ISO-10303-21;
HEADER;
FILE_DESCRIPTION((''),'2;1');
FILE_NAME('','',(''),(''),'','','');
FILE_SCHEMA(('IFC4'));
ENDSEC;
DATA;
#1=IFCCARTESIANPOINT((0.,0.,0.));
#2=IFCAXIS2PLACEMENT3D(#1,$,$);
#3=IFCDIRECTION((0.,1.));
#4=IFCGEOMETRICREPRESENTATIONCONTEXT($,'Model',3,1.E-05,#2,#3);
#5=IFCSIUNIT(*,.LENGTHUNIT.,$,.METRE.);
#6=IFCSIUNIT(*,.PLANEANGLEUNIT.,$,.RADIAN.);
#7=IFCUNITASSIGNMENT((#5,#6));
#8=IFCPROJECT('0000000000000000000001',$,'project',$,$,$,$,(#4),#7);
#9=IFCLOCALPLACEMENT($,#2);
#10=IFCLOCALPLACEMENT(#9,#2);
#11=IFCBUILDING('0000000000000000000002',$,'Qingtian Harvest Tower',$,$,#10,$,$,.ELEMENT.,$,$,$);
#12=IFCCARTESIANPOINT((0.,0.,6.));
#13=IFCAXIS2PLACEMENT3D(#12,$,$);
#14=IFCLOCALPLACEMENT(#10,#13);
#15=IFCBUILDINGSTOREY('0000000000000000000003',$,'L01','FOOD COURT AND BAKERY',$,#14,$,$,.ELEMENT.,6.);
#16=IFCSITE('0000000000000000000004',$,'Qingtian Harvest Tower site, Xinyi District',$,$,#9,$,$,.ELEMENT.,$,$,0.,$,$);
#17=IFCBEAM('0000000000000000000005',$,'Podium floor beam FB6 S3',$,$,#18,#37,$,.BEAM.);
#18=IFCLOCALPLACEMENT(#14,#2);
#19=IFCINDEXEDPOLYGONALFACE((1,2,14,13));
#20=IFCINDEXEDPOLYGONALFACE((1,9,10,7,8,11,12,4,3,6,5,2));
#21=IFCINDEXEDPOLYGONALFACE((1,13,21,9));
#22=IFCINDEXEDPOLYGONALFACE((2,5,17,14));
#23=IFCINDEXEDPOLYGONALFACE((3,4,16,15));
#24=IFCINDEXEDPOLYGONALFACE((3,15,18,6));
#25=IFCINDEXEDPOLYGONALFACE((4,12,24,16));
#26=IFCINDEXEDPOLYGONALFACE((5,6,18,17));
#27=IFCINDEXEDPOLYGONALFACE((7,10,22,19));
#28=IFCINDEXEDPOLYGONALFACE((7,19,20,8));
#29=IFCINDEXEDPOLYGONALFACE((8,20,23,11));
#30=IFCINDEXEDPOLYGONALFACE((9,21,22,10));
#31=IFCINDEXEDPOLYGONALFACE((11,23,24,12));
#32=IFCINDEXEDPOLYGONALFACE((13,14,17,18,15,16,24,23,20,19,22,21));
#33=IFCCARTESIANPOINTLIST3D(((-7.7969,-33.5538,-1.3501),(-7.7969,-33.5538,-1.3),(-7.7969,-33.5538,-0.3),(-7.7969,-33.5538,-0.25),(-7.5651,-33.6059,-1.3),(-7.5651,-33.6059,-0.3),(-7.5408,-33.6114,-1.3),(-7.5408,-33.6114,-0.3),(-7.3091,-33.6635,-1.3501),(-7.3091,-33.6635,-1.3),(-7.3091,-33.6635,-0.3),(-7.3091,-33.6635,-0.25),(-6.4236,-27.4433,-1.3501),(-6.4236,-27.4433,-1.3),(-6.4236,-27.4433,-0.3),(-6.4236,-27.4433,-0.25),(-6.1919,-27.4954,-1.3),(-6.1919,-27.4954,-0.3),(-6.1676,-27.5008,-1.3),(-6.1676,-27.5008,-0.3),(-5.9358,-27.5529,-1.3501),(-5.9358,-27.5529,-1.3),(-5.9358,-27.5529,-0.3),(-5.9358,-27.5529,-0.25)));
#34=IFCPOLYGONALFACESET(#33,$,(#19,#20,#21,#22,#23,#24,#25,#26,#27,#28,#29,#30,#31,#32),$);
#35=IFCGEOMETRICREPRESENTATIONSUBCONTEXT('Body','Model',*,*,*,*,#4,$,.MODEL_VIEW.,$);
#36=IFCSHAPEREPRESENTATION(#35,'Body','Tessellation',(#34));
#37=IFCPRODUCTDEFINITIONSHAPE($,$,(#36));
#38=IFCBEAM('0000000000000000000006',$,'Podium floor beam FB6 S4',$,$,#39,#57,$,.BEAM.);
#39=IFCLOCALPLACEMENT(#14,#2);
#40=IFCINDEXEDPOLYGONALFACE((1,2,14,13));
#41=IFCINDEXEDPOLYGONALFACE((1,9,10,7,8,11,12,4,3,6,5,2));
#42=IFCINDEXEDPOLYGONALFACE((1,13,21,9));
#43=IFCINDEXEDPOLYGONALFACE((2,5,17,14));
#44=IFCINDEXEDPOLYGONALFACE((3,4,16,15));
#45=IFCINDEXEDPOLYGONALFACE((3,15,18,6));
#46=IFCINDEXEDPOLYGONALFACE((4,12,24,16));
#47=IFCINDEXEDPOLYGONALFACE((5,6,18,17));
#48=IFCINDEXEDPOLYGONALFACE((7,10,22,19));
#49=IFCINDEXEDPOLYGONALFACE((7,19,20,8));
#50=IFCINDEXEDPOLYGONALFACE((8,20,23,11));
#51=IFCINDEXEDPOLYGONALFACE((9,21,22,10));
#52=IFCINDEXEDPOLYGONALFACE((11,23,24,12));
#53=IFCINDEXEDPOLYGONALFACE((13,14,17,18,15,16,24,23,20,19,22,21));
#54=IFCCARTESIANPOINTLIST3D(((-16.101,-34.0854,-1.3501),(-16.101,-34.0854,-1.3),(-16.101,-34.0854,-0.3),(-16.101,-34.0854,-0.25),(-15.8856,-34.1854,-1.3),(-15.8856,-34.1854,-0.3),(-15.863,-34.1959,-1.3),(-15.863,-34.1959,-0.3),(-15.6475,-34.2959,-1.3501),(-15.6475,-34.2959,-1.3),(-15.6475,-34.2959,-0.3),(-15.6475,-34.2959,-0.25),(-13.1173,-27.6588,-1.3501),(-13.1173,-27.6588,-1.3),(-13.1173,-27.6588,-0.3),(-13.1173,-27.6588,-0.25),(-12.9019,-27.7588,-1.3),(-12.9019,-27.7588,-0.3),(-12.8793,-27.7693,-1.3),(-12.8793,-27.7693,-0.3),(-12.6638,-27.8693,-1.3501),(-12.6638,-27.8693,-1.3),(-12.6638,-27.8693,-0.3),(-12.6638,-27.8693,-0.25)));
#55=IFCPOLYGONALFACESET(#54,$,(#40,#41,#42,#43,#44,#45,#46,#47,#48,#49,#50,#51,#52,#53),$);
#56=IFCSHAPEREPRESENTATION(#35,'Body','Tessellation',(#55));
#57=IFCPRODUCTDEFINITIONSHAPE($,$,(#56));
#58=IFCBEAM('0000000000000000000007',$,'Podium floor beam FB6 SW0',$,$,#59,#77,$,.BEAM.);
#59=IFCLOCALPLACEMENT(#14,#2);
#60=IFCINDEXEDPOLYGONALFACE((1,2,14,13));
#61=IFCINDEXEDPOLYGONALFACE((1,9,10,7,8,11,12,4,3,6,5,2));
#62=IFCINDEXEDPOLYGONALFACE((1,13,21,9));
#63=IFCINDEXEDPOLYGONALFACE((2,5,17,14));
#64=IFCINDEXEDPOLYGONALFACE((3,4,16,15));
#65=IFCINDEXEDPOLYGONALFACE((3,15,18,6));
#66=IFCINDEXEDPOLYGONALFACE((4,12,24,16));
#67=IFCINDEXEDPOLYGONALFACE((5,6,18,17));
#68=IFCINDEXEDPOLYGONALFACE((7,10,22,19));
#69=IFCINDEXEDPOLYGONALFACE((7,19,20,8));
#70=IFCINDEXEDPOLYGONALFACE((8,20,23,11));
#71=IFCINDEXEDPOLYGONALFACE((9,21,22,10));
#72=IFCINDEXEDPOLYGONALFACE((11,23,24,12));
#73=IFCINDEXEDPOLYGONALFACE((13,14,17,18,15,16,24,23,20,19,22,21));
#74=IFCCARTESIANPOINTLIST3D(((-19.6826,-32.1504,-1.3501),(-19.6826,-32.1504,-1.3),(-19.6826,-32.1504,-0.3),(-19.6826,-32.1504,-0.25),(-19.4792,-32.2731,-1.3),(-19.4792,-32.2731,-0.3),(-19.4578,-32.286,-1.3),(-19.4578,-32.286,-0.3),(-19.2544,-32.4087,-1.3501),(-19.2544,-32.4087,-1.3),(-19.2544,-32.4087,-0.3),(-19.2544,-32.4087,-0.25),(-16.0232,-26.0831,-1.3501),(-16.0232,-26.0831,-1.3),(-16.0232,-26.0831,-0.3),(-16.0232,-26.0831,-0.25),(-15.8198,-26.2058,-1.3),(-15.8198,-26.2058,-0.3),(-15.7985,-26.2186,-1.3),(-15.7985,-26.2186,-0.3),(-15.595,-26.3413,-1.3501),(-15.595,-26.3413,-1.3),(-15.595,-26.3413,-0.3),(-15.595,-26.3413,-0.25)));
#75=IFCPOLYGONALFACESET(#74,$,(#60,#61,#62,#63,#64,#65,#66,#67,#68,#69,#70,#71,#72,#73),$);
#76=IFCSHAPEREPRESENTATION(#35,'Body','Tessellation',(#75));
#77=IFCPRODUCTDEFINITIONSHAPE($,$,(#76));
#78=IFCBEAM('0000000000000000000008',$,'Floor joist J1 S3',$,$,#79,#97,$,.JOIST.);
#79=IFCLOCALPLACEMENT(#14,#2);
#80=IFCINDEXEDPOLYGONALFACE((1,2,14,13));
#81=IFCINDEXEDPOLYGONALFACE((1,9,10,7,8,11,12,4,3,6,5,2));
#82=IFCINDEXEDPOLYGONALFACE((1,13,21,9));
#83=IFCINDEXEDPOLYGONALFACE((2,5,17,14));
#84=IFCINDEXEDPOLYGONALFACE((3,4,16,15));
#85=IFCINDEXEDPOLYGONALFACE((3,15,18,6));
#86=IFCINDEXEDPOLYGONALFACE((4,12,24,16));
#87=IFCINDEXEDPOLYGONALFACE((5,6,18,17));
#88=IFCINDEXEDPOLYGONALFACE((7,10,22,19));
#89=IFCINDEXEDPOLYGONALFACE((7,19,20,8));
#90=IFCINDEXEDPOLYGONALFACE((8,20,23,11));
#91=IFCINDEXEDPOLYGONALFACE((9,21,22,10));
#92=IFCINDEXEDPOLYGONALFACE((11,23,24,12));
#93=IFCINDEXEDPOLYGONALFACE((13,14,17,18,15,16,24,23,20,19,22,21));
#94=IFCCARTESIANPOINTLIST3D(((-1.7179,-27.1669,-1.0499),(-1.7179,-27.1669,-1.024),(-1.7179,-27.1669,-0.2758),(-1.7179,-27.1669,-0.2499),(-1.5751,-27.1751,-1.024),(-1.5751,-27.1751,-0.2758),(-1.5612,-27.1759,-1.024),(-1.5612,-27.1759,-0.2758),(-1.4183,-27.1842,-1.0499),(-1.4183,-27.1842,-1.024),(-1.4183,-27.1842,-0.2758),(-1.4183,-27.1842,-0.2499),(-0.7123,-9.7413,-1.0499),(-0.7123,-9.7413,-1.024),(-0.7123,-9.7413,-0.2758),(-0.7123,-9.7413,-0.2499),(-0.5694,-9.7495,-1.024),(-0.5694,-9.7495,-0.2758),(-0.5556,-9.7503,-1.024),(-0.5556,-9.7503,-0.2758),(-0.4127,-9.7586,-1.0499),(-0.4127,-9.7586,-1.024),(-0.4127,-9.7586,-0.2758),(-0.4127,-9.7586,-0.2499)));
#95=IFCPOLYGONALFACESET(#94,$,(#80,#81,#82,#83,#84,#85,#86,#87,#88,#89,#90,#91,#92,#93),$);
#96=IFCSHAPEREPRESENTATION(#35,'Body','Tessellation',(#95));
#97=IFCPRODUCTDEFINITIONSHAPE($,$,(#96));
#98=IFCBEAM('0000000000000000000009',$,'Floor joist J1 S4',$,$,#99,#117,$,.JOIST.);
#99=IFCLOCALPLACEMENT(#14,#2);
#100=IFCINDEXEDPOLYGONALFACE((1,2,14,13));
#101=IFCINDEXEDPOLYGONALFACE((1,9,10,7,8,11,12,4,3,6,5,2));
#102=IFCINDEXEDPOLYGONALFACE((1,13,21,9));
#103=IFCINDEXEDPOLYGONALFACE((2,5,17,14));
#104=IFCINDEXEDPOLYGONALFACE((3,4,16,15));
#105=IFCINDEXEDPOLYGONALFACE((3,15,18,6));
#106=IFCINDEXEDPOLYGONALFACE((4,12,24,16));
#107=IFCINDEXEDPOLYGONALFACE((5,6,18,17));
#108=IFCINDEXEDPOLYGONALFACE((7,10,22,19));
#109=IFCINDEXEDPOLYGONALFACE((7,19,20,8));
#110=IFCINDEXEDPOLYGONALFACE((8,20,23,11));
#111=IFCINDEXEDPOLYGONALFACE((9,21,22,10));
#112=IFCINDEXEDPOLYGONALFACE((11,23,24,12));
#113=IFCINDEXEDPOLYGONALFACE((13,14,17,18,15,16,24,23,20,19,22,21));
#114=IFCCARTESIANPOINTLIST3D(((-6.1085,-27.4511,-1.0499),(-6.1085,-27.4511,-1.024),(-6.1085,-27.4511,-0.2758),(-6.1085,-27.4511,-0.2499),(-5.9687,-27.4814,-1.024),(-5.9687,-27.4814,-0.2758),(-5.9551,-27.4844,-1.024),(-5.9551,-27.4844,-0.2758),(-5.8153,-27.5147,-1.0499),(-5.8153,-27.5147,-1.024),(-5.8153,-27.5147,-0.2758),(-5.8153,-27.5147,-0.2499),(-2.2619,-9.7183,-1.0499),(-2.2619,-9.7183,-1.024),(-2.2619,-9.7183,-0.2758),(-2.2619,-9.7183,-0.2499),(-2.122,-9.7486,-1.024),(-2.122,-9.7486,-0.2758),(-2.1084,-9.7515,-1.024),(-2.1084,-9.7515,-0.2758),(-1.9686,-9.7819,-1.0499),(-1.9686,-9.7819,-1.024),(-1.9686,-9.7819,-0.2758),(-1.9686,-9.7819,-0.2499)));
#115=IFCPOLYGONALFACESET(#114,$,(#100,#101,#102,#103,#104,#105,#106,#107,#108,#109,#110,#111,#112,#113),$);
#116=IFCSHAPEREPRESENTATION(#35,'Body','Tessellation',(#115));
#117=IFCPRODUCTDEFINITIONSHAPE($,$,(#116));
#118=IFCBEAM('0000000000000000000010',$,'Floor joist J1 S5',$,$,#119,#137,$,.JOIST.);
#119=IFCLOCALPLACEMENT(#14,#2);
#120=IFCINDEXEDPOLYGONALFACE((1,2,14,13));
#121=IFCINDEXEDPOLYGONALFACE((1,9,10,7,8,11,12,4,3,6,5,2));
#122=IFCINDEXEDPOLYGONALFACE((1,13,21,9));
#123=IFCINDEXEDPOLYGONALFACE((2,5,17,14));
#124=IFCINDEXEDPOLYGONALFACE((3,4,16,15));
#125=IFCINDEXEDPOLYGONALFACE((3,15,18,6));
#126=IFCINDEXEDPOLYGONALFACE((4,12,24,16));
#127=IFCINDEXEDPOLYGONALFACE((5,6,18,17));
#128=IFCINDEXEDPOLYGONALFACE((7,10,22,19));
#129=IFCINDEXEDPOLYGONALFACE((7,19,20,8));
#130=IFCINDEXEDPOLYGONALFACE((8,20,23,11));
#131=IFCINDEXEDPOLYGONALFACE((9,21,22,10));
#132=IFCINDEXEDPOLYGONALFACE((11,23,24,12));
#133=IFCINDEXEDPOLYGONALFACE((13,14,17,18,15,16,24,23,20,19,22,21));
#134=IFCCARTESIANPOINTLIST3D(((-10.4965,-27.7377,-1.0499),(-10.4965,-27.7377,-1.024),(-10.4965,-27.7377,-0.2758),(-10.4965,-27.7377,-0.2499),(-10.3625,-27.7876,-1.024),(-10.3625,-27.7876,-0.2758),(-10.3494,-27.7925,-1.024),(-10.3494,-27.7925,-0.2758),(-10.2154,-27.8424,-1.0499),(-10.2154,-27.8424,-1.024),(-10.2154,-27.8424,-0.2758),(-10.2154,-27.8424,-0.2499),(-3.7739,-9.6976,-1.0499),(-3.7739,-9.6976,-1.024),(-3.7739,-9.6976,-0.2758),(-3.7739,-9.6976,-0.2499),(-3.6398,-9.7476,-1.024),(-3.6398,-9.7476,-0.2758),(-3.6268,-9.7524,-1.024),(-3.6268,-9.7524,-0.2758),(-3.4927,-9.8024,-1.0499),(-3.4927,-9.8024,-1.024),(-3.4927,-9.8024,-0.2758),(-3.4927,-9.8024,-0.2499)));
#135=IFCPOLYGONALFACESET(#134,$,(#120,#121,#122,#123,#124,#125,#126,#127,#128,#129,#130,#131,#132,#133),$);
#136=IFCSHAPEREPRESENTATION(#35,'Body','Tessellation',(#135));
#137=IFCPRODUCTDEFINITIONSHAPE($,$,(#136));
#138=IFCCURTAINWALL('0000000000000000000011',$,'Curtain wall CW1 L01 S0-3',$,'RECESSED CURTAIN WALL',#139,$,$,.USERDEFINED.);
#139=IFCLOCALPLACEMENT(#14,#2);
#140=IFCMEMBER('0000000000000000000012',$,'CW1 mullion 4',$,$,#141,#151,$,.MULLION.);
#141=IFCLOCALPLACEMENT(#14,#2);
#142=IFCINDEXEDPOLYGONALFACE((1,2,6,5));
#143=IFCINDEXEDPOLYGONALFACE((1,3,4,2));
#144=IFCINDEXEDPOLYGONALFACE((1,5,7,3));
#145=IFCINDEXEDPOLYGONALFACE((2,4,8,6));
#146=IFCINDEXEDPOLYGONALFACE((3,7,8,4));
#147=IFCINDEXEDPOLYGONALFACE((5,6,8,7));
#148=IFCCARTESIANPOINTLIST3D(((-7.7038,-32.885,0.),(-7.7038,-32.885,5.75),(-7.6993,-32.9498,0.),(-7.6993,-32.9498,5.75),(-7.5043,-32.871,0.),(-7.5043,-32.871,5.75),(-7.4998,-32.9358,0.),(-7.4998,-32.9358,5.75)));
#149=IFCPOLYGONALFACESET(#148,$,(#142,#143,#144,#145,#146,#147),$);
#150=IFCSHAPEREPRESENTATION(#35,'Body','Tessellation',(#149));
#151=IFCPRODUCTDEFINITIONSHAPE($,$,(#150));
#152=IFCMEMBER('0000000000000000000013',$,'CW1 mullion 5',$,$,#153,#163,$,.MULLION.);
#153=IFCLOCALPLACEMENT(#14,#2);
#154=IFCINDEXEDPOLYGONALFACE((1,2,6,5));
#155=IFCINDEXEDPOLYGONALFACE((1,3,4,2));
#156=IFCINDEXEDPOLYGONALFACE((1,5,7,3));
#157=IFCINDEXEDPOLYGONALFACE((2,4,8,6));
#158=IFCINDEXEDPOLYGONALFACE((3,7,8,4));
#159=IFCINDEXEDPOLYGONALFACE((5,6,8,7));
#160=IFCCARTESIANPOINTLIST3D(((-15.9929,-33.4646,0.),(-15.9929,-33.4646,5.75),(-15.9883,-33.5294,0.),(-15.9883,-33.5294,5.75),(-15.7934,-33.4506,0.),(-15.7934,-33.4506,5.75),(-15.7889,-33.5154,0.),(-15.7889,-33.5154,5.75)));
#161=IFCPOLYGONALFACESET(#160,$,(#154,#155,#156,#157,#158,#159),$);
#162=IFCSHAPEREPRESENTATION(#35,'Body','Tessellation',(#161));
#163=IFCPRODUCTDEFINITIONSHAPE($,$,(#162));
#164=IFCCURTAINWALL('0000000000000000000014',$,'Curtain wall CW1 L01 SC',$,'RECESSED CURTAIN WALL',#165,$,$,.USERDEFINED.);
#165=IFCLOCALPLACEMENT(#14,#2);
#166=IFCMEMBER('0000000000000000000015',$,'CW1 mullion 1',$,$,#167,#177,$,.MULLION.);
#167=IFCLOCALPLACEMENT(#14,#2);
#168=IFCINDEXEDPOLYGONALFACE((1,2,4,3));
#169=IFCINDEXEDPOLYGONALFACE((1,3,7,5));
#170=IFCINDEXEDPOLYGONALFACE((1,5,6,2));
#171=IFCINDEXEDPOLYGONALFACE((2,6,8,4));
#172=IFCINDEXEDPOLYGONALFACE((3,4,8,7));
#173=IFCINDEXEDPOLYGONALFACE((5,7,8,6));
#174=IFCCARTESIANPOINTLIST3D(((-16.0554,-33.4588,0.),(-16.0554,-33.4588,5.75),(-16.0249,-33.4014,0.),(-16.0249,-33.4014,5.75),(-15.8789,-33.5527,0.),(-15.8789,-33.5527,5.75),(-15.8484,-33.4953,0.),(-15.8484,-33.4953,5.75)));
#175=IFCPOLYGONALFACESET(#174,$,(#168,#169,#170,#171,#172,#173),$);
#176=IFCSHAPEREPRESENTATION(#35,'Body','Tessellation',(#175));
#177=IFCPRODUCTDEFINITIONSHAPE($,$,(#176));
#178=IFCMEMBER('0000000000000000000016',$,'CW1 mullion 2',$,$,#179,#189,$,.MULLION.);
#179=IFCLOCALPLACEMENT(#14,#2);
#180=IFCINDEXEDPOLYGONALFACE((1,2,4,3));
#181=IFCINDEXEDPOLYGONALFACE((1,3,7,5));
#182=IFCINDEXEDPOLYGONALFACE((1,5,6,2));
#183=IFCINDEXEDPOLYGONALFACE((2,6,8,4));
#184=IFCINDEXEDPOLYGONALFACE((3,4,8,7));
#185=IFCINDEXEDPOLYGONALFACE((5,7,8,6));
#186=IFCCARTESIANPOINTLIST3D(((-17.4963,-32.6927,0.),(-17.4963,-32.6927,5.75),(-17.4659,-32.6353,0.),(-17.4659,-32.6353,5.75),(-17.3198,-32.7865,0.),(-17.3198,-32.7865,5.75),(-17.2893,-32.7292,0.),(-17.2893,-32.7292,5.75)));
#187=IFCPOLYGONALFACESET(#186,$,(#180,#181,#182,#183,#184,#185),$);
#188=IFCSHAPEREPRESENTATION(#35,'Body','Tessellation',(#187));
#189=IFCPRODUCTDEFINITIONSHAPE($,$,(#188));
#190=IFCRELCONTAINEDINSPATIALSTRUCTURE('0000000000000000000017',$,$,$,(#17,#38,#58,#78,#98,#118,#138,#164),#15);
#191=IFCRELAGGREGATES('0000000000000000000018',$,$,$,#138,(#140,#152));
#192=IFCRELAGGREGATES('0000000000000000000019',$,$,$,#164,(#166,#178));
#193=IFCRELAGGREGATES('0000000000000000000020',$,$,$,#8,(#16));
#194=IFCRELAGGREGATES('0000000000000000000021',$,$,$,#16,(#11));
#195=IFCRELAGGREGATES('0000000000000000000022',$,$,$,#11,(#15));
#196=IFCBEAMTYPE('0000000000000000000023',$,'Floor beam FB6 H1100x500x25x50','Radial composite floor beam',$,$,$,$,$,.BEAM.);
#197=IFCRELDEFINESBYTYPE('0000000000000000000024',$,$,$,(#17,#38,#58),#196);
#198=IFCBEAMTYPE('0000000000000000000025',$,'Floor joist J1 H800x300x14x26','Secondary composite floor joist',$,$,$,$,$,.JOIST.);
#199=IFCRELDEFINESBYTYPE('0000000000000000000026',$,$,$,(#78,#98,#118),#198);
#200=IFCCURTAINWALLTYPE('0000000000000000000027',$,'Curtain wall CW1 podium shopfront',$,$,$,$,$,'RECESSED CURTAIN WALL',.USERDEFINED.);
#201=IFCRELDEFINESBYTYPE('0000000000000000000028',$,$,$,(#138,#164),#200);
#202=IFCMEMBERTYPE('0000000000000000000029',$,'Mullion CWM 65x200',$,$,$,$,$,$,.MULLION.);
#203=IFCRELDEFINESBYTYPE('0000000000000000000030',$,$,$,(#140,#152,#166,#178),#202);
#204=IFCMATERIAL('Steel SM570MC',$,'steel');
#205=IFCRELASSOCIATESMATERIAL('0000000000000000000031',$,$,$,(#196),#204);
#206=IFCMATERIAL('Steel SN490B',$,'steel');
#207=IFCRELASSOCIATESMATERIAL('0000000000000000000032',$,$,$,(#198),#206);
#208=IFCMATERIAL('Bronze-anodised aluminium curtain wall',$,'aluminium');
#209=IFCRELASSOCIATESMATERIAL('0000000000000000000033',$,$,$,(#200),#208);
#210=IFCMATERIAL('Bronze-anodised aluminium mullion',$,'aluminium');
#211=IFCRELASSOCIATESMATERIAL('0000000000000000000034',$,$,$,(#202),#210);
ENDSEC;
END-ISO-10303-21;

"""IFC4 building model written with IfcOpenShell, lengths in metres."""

from ifc_helpers import new_model, si_unit, direction, frame, origin, origin_2d, place, context, subcontext, project, spatial, rectangle, i_section, extrude, material, material_profile, profile_set, type_object, element, aggregate, save


model = new_model("IFC4")

# Units and contexts
model_context = context("Model", 3, precision=1e-05, world=origin(), true_north=direction((0.0, 1.0)))
body_context = subcontext(model_context, "Body", "Model", "MODEL_VIEW")
ifc_project = project(units=[si_unit("LENGTHUNIT", "METRE"), si_unit("PLANEANGLEUNIT", "RADIAN")], contexts=[model_context])

# Site, building, storey
site_placement = place(None, origin())
site = spatial("IfcSite", under=ifc_project, at=site_placement, Name="Qingtian Harvest Tower site, Xinyi District", CompositionType="ELEMENT", RefElevation=0.0)
building_placement = place(site_placement, origin())
building = spatial("IfcBuilding", under=site, at=building_placement, Name="Qingtian Harvest Tower", CompositionType="ELEMENT")
storey_placement = place(building_placement, frame((0.0, 0.0, 6.0)))
storey = spatial("IfcBuildingStorey", under=building, at=storey_placement, Name="L01", Description="FOOD COURT AND BAKERY", CompositionType="ELEMENT", Elevation=6.0)

# Beams
ifc_material_1 = material(Name="Steel SM570MC", Category="steel")
ifc_material_profile_1 = material_profile(ifc_material_1, i_section(OverallWidth=0.5, OverallDepth=1.1001, WebThickness=0.0249, FlangeThickness=0.05, at=origin_2d()), Name="H1100x500x25x50")
ifc_profile_set_1 = profile_set([ifc_material_profile_1], Name="Steel SM570MC")
beam_type_1 = type_object("IfcBeamType", Name="Floor beam FB6 H1100x500x25x50", Description="Radial composite floor beam", PredefinedType="BEAM", material=ifc_profile_set_1)
beam_1_placement = place(storey_placement, frame((-7.553, -33.6086, -0.8), z_axis=(0.21927, 0.975664, 0.0), x_axis=(-0.975664, 0.21927, 0.0)))
element("IfcBeam", 1, at=beam_1_placement, inside=storey, type_object=beam_type_1, Name="Podium floor beam FB6 S3", PredefinedType="BEAM", context=body_context, shape_type="SweptSolid", body=[
    extrude(i_section(OverallWidth=0.5, OverallDepth=1.1001, WebThickness=0.0249, FlangeThickness=0.05, at=origin_2d()), origin(), (0.0, 0.0, 1.0), 6.2629),
])
for number, where, z_axis, x_axis, name in (
    (2, (-15.8743, -34.1907, -0.8), (0.4211, 0.907014, 0.0), (-0.907014, 0.4211, 0.0), "Podium floor beam FB6 S4"),
    (3, (-19.4685, -32.2795, -0.8), (0.516465, 0.856308, 0.0), (-0.856308, 0.516465, 0.0), "Podium floor beam FB6 SW0"),
):
    element("IfcBeam", number, at=place(storey_placement, frame(where, z_axis=z_axis, x_axis=x_axis)), inside=storey, type_object=beam_type_1, Name=name, PredefinedType="BEAM", context=body_context, shape_type="SweptSolid", body=[
        extrude(i_section(OverallWidth=0.5, OverallDepth=1.1001, WebThickness=0.0249, FlangeThickness=0.05, at=origin_2d()), origin(), (0.0, 0.0, 1.0), 7.0854),
    ])
ifc_material_2 = material(Name="Steel SN490B", Category="steel")
ifc_material_profile_2 = material_profile(ifc_material_2, i_section(OverallWidth=0.3, OverallDepth=0.8, WebThickness=0.0139, FlangeThickness=0.0259, at=origin_2d()), Name="H800x300x14x26")
ifc_profile_set_2 = profile_set([ifc_material_profile_2], Name="Steel SN490B")
beam_type_2 = type_object("IfcBeamType", Name="Floor joist J1 H800x300x14x26", Description="Secondary composite floor joist", PredefinedType="JOIST", material=ifc_profile_set_2)
beam_2_placement = place(storey_placement, frame((-1.5681, -27.1755, -0.6499), z_axis=(0.057613, 0.998339, 0.0), x_axis=(-0.998339, 0.057613, 0.0)))
element("IfcBeam", 4, at=beam_2_placement, inside=storey, type_object=beam_type_2, Name="Floor joist J1 S3", PredefinedType="JOIST", context=body_context, shape_type="SweptSolid", body=[
    extrude(i_section(OverallWidth=0.3, OverallDepth=0.8, WebThickness=0.0139, FlangeThickness=0.0259, at=origin_2d()), origin(), (0.0, 0.0, 1.0), 17.4546),
])
beam_3_placement = place(storey_placement, frame((-5.9619, -27.4829, -0.6499), z_axis=(0.211993, 0.977271, 0.0), x_axis=(-0.977271, 0.211993, 0.0)))
element("IfcBeam", 5, at=beam_3_placement, inside=storey, type_object=beam_type_2, Name="Floor joist J1 S4", PredefinedType="JOIST", context=body_context, shape_type="SweptSolid", body=[
    extrude(i_section(OverallWidth=0.3, OverallDepth=0.8, WebThickness=0.0139, FlangeThickness=0.0259, at=origin_2d()), origin(), (0.0, 0.0, 1.0), 18.1453),
])
beam_4_placement = place(storey_placement, frame((-10.356, -27.79, -0.6499), z_axis=(0.349194, 0.937051, 0.0), x_axis=(-0.937051, 0.349194, 0.0)))
element("IfcBeam", 6, at=beam_4_placement, inside=storey, type_object=beam_type_2, Name="Floor joist J1 S5", PredefinedType="JOIST", context=body_context, shape_type="SweptSolid", body=[
    extrude(i_section(OverallWidth=0.3, OverallDepth=0.8, WebThickness=0.0139, FlangeThickness=0.0259, at=origin_2d()), origin(), (0.0, 0.0, 1.0), 19.252),
])

# Curtain walls, members
ifc_material_3 = material(Name="Bronze-anodised aluminium curtain wall", Category="aluminium")
curtain_wall_type = type_object("IfcCurtainWallType", Name="Curtain wall CW1 podium shopfront", ElementType="RECESSED CURTAIN WALL", PredefinedType="USERDEFINED", material=ifc_material_3)
curtain_wall_1_placement = place(storey_placement, origin())
curtain_wall_1 = element("IfcCurtainWall", 7, at=curtain_wall_1_placement, inside=storey, type_object=curtain_wall_type, Name="Curtain wall CW1 L01 S0-3", ObjectType="RECESSED CURTAIN WALL", PredefinedType="USERDEFINED")
ifc_material_4 = material(Name="Bronze-anodised aluminium mullion", Category="aluminium")
ifc_material_profile_3 = material_profile(ifc_material_4, rectangle(XDim=0.0649, YDim=0.2, at=origin_2d()), Name="AL 65x200")
ifc_profile_set_3 = profile_set([ifc_material_profile_3], Name="Bronze-anodised aluminium mullion")
member_type_1 = type_object("IfcMemberType", Name="Mullion CWM 65x200", PredefinedType="MULLION", material=ifc_profile_set_3)
member_1_placement = place(storey_placement, frame((-7.6018, -32.9104, 0.0), z_axis=(0.0, 0.0, 1.0), x_axis=(0.069756, -0.997564, 0.0)))
member_1 = element("IfcMember", 8, at=member_1_placement, type_object=member_type_1, Name="CW1 mullion 4", PredefinedType="MULLION", context=body_context, shape_type="SweptSolid", body=[
    extrude(rectangle(XDim=0.0649, YDim=0.2, at=origin_2d()), origin(), (0.0, 0.0, 1.0), 5.75),
])
member_2_placement = place(storey_placement, frame((-15.8909, -33.49, 0.0), z_axis=(0.0, 0.0, 1.0), x_axis=(0.069756, -0.997564, 0.0)))
member_2 = element("IfcMember", 9, at=member_2_placement, type_object=member_type_1, Name="CW1 mullion 5", PredefinedType="MULLION", context=body_context, shape_type="SweptSolid", body=[
    extrude(rectangle(XDim=0.0649, YDim=0.2, at=origin_2d()), origin(), (0.0, 0.0, 1.0), 5.75),
])
curtain_wall_2_placement = place(storey_placement, origin())
curtain_wall_2 = element("IfcCurtainWall", 10, at=curtain_wall_2_placement, inside=storey, type_object=curtain_wall_type, Name="Curtain wall CW1 L01 SC", ObjectType="RECESSED CURTAIN WALL", PredefinedType="USERDEFINED")
member_3_placement = place(storey_placement, frame((-15.9519, -33.4771, 0.0), z_axis=(0.0, 0.0, 1.0), x_axis=(-0.469472, -0.882948, 0.0)))
member_3 = element("IfcMember", 11, at=member_3_placement, type_object=member_type_1, Name="CW1 mullion 1", PredefinedType="MULLION", context=body_context, shape_type="SweptSolid", body=[
    extrude(rectangle(XDim=0.0649, YDim=0.2, at=origin_2d()), origin(), (0.0, 0.0, 1.0), 5.75),
])
member_4_placement = place(storey_placement, frame((-17.3928, -32.7109, 0.0), z_axis=(0.0, 0.0, 1.0), x_axis=(-0.469472, -0.882948, 0.0)))
member_4 = element("IfcMember", 12, at=member_4_placement, type_object=member_type_1, Name="CW1 mullion 2", PredefinedType="MULLION", context=body_context, shape_type="SweptSolid", body=[
    extrude(rectangle(XDim=0.0649, YDim=0.2, at=origin_2d()), origin(), (0.0, 0.0, 1.0), 5.75),
])

aggregate(curtain_wall_1, [member_1, member_2])
aggregate(curtain_wall_2, [member_3, member_4])

save(model, "model.ifc")
